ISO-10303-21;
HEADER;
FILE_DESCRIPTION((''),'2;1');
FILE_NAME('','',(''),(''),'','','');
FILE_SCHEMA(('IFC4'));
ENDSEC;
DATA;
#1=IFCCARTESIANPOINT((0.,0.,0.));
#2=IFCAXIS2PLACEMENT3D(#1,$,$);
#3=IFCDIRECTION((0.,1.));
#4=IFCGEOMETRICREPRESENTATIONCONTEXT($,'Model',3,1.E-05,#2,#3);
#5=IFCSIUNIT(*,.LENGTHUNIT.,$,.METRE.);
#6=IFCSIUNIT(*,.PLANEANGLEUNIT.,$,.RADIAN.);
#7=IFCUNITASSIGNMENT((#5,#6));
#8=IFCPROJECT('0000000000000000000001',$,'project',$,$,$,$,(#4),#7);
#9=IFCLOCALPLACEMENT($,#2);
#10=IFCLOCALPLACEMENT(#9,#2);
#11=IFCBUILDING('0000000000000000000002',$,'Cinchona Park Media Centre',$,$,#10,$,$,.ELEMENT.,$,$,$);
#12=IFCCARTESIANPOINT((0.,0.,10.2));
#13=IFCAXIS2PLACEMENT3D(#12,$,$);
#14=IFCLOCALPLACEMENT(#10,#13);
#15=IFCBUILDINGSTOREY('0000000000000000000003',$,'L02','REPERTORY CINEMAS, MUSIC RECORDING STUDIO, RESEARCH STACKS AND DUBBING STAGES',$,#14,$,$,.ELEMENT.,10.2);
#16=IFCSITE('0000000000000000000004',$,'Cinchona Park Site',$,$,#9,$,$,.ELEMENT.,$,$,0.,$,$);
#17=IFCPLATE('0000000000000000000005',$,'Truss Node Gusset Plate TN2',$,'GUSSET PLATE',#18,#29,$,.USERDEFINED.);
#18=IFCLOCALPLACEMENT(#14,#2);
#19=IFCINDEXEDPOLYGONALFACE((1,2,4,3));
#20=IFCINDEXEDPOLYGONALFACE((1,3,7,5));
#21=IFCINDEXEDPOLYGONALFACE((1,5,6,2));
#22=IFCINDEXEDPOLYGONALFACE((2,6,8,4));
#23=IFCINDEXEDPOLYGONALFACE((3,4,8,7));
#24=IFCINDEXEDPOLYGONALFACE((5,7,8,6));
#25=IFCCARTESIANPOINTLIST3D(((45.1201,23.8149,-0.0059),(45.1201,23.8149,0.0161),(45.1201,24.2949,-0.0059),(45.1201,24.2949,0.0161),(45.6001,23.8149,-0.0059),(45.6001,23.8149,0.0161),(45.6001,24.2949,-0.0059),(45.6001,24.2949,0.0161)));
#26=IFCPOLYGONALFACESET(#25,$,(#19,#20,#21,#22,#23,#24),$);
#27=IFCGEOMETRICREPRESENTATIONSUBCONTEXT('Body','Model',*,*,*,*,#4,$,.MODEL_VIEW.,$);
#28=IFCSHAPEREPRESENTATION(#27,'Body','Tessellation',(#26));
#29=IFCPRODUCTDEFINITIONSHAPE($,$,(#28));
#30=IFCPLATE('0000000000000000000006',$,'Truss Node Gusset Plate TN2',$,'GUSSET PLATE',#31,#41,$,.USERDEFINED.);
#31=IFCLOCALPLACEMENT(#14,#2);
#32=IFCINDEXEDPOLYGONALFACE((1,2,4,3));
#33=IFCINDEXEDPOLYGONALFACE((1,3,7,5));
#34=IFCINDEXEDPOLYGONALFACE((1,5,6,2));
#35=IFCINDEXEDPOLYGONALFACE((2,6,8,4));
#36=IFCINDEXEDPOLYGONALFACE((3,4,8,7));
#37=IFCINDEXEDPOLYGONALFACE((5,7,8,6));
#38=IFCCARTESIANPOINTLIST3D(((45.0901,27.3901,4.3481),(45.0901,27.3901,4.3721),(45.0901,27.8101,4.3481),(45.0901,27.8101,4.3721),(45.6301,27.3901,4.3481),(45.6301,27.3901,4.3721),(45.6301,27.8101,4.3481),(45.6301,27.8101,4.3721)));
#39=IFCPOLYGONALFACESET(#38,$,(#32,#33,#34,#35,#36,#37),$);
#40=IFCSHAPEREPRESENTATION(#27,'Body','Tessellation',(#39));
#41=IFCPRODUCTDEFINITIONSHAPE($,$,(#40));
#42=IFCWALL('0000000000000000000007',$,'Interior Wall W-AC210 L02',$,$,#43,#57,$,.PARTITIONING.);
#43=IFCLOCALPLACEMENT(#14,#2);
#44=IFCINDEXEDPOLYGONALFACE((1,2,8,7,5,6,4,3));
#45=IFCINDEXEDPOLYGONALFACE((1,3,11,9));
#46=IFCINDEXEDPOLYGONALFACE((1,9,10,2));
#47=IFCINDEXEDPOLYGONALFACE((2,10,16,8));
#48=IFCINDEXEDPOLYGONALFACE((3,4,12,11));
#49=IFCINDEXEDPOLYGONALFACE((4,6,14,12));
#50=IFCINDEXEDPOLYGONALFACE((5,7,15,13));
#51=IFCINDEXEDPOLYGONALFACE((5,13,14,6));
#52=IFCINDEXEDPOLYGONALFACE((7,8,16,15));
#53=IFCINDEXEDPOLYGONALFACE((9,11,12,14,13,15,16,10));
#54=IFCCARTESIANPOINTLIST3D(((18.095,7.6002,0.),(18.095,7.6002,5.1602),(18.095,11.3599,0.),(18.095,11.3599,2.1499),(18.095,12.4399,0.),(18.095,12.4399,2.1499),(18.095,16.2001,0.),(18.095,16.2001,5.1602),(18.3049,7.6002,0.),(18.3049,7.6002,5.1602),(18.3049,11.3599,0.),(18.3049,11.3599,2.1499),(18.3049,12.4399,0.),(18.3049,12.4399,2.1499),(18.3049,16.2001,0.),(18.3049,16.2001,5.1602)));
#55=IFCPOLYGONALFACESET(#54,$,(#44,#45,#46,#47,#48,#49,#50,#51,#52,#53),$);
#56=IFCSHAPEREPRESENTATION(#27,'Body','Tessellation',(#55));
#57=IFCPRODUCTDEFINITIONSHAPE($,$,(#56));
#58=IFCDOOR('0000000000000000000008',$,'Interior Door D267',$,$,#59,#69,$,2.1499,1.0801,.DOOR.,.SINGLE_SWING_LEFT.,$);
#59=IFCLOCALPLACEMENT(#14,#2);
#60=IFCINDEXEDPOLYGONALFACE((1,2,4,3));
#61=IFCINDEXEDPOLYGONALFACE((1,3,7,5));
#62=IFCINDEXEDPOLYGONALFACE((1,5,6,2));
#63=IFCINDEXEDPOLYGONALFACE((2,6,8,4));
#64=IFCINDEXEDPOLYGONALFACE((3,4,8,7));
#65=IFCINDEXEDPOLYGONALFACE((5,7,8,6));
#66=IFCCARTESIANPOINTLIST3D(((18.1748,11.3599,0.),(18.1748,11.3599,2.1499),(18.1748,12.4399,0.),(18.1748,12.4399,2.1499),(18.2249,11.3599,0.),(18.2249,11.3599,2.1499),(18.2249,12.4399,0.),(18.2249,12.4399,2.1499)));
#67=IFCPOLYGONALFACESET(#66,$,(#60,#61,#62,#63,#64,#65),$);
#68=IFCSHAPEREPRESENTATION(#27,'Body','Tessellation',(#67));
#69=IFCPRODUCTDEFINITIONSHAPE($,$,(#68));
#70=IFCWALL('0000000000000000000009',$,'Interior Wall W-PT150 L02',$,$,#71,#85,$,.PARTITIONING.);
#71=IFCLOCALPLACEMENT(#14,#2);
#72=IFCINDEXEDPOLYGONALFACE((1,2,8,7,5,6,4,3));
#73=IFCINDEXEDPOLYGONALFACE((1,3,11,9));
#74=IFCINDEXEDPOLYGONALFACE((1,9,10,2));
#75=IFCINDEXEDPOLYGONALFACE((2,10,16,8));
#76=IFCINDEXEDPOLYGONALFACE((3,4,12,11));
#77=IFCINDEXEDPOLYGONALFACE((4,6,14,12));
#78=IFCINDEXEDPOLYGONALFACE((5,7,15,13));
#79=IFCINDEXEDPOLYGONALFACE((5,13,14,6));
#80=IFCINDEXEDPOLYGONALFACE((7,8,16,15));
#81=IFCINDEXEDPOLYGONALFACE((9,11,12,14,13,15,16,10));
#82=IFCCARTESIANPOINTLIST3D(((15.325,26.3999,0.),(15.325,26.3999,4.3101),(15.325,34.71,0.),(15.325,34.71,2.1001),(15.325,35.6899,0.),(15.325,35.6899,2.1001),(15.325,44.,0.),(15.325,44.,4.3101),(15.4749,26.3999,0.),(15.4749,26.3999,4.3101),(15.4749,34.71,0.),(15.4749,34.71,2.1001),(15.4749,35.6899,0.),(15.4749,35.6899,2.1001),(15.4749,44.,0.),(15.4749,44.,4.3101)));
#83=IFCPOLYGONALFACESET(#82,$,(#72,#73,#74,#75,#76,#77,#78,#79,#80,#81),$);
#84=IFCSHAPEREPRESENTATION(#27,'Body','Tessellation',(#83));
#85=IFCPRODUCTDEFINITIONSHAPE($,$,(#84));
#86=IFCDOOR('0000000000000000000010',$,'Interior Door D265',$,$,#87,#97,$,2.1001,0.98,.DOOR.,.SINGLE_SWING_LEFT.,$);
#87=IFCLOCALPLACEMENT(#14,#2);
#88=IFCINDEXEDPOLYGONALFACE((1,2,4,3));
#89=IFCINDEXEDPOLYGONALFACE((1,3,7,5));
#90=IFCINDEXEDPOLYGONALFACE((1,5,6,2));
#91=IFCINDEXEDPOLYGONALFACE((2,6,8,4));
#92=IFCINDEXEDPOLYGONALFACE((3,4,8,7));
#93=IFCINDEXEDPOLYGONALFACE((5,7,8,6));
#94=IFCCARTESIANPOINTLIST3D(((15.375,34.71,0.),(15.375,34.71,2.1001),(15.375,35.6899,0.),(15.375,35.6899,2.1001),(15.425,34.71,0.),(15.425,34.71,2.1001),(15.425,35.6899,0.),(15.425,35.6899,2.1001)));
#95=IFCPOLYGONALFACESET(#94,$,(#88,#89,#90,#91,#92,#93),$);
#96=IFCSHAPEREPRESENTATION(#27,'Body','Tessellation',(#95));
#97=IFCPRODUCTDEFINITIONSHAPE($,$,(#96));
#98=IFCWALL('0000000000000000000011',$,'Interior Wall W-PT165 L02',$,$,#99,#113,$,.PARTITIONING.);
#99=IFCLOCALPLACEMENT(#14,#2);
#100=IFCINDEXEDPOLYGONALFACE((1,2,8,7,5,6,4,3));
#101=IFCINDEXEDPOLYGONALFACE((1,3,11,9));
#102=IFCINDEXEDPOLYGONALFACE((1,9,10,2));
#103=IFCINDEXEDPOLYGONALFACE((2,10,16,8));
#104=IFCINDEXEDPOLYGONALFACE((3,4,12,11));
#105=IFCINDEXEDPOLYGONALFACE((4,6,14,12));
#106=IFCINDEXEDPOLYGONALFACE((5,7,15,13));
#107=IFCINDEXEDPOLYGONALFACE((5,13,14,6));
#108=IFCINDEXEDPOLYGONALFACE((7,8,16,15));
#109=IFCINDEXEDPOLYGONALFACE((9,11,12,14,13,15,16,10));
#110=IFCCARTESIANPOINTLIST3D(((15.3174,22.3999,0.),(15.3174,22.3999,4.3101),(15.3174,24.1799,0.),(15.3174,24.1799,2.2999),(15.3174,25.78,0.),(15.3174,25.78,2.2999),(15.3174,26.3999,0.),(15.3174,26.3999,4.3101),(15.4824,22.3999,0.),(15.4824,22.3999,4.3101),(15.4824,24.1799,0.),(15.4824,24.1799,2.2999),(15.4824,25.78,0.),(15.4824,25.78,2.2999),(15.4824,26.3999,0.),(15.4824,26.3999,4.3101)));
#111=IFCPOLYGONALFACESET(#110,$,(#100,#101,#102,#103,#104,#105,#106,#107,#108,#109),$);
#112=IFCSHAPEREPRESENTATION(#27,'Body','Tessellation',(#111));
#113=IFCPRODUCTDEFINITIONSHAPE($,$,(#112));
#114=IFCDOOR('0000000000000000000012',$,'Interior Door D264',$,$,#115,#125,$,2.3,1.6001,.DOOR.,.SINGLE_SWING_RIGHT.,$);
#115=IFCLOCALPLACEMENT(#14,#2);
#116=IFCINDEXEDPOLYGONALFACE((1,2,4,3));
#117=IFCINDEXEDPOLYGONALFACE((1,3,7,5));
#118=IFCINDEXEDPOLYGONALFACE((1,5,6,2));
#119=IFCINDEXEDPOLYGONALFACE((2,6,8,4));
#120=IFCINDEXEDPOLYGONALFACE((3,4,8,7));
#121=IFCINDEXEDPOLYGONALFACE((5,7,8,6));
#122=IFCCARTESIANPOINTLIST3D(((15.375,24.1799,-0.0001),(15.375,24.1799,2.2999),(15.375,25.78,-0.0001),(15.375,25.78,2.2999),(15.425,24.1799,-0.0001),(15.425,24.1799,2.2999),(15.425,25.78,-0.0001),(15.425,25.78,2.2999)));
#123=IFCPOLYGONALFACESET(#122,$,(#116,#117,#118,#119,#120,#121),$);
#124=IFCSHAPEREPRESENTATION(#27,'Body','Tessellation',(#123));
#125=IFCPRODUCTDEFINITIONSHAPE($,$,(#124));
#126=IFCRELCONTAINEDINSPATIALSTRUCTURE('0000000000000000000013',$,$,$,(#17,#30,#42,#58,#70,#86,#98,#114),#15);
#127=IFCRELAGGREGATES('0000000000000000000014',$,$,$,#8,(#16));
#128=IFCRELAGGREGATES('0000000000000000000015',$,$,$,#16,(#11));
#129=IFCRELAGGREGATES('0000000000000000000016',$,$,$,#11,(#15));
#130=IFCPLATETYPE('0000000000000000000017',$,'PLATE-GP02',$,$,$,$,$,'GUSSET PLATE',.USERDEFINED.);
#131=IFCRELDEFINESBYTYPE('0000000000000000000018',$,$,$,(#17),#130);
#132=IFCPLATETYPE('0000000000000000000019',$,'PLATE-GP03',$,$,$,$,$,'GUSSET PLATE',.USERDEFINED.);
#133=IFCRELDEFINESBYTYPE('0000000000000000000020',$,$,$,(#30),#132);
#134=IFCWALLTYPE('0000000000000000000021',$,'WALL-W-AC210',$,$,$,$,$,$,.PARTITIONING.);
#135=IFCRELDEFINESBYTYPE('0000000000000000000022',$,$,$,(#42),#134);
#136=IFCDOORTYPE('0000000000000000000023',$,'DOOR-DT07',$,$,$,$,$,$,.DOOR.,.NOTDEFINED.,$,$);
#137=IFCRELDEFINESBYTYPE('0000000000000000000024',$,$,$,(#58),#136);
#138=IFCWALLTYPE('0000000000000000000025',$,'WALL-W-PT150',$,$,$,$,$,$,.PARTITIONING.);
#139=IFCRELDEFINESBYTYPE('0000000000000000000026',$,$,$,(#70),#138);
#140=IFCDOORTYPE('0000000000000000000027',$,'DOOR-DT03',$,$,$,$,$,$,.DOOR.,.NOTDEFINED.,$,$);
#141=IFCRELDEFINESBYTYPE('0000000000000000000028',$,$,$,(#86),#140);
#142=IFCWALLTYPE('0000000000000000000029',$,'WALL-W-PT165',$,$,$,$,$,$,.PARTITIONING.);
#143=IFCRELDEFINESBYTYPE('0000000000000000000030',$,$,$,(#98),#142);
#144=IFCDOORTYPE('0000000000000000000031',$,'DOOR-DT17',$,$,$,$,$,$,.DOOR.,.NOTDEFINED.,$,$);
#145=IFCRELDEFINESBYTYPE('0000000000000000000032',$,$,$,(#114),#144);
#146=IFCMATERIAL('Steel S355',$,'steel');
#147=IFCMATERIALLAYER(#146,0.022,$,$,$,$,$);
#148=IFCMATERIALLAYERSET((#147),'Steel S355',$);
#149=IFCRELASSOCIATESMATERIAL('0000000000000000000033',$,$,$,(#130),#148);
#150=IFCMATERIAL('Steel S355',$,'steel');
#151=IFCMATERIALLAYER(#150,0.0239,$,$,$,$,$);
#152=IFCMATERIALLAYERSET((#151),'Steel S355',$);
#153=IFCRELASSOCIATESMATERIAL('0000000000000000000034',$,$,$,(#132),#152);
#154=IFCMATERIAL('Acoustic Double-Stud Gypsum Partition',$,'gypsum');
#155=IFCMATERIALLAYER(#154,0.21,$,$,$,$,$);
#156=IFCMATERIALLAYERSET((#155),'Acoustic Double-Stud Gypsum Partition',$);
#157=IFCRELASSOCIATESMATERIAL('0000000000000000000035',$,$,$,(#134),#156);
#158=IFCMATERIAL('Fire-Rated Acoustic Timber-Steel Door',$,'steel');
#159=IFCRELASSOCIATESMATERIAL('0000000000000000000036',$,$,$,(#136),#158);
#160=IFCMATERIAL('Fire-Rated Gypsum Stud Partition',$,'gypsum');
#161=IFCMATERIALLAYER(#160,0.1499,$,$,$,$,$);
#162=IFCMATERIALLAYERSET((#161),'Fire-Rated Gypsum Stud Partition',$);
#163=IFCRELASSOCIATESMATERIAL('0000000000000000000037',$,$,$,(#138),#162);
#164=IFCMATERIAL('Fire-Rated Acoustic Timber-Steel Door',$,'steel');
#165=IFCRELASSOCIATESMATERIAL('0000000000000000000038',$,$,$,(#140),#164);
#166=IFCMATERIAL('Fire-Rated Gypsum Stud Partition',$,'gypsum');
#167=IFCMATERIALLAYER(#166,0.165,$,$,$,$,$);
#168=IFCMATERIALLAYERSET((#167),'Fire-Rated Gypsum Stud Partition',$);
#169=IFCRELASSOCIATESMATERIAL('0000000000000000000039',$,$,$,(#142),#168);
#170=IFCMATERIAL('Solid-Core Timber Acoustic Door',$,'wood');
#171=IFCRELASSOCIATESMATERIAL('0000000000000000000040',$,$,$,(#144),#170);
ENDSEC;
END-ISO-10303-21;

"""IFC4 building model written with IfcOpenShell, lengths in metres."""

from ifc_helpers import new_model, si_unit, direction, frame, frame_2d, origin, origin_2d, place, context, subcontext, project, spatial, rectangle, extrude, material, layer, layer_set, type_object, element, fill, save


model = new_model("IFC4")

# Units and contexts
model_context = context("Model", 3, precision=1e-05, world=origin(), true_north=direction((0.0, 1.0)))
body_context = subcontext(model_context, "Body", "Model", "MODEL_VIEW")
ifc_project = project(units=[si_unit("LENGTHUNIT", "METRE"), si_unit("PLANEANGLEUNIT", "RADIAN")], contexts=[model_context])

# Site, building, storey
site_placement = place(None, origin())
site = spatial("IfcSite", under=ifc_project, at=site_placement, Name="Cinchona Park Site", CompositionType="ELEMENT", RefElevation=0.0)
building_placement = place(site_placement, origin())
building = spatial("IfcBuilding", under=site, at=building_placement, Name="Cinchona Park Media Centre", CompositionType="ELEMENT")
storey_placement = place(building_placement, frame((0.0, 0.0, 10.2)))
storey = spatial("IfcBuildingStorey", under=building, at=storey_placement, Name="L02", Description="REPERTORY CINEMAS, MUSIC RECORDING STUDIO, RESEARCH STACKS AND DUBBING STAGES", CompositionType="ELEMENT", Elevation=10.2)

# Plates
ifc_material_1 = material(Name="Steel S355", Category="steel")
ifc_layer_1 = layer(ifc_material_1, 0.022)
ifc_layer_set_1 = layer_set([ifc_layer_1], Name="Steel S355")
plate_type_1 = type_object("IfcPlateType", Name="PLATE-GP02", ElementType="GUSSET PLATE", PredefinedType="USERDEFINED", material=ifc_layer_set_1)
plate_1_placement = place(storey_placement, frame((45.3601, 24.0549, -0.0059), z_axis=(0.0, 0.0, 1.0), x_axis=(1.0, 0.0, 0.0)))
element("IfcPlate", 1, at=plate_1_placement, inside=storey, type_object=plate_type_1, Name="Truss Node Gusset Plate TN2", ObjectType="GUSSET PLATE", PredefinedType="USERDEFINED", context=body_context, shape_type="SweptSolid", body=[
    extrude(rectangle(XDim=0.48, YDim=0.48, at=origin_2d()), origin(), (0.0, 0.0, 1.0), 0.022),
])
ifc_material_2 = material(Name="Steel S355", Category="steel")
ifc_layer_2 = layer(ifc_material_2, 0.0239)
ifc_layer_set_2 = layer_set([ifc_layer_2], Name="Steel S355")
plate_type_2 = type_object("IfcPlateType", Name="PLATE-GP03", ElementType="GUSSET PLATE", PredefinedType="USERDEFINED", material=ifc_layer_set_2)
plate_2_placement = place(storey_placement, frame((45.3601, 27.6001, 4.3481), z_axis=(0.0, 0.0, 1.0), x_axis=(1.0, 0.0, 0.0)))
element("IfcPlate", 2, at=plate_2_placement, inside=storey, type_object=plate_type_2, Name="Truss Node Gusset Plate TN2", ObjectType="GUSSET PLATE", PredefinedType="USERDEFINED", context=body_context, shape_type="SweptSolid", body=[
    extrude(rectangle(XDim=0.54, YDim=0.4199, at=origin_2d()), origin(), (0.0, 0.0, 1.0), 0.0239),
])

# Walls, openings, doors
ifc_material_3 = material(Name="Acoustic Double-Stud Gypsum Partition", Category="gypsum")
ifc_layer_3 = layer(ifc_material_3, 0.21)
ifc_layer_set_3 = layer_set([ifc_layer_3], Name="Acoustic Double-Stud Gypsum Partition")
wall_type_1 = type_object("IfcWallType", Name="WALL-W-AC210", PredefinedType="PARTITIONING", material=ifc_layer_set_3)
wall_1_placement = place(storey_placement, frame((18.2, 16.2, 0.0), z_axis=(0.0, 0.0, 1.0), x_axis=(0.0, -1.0, 0.0)))
wall_1 = element("IfcWall", 3, at=wall_1_placement, inside=storey, type_object=wall_type_1, Name="Interior Wall W-AC210 L02", PredefinedType="PARTITIONING", context=body_context, shape_type="SweptSolid", body=[
    extrude(rectangle(XDim=8.5999, YDim=0.21, at=frame_2d((4.2998, 0.0))), origin(), (0.0, 0.0, 1.0), 5.1602),
])
opening_1_placement = place(wall_1_placement, frame((3.76, 0.0, 0.0)))
opening_1 = element("IfcOpeningElement", 4, at=opening_1_placement, cuts=wall_1, PredefinedType="OPENING", context=body_context, shape_type="SweptSolid", body=[
    extrude(rectangle(XDim=1.0801, YDim=2.1499, at=frame_2d((0.54, 1.075))), frame((0.0, 0.115, 0.0), z_axis=(0.0, -1.0, 0.0), x_axis=(1.0, 0.0, 0.0)), (0.0, 0.0, 1.0), 0.23),
])
ifc_material_4 = material(Name="Fire-Rated Acoustic Timber-Steel Door", Category="steel")
door_type_1 = type_object("IfcDoorType", Name="DOOR-DT07", OperationType="NOTDEFINED", PredefinedType="DOOR", material=ifc_material_4)
door_1_placement = place(opening_1_placement, origin())
door_1 = element("IfcDoor", 5, at=door_1_placement, inside=storey, type_object=door_type_1, Name="Interior Door D267", OperationType="SINGLE_SWING_LEFT", OverallHeight=2.1499, OverallWidth=1.0801, PredefinedType="DOOR", context=body_context, shape_type="SweptSolid", body=[
    extrude(rectangle(XDim=1.0801, YDim=2.1499, at=frame_2d((0.54, 1.075))), frame((0.0, 0.0249, 0.0), z_axis=(0.0, -1.0, 0.0), x_axis=(1.0, 0.0, 0.0)), (0.0, 0.0, 1.0), 0.05),
])
fill(opening_1, door_1)
ifc_material_5 = material(Name="Fire-Rated Gypsum Stud Partition", Category="gypsum")
ifc_layer_4 = layer(ifc_material_5, 0.1499)
ifc_layer_set_4 = layer_set([ifc_layer_4], Name="Fire-Rated Gypsum Stud Partition")
wall_type_2 = type_object("IfcWallType", Name="WALL-W-PT150", PredefinedType="PARTITIONING", material=ifc_layer_set_4)
wall_2_placement = place(storey_placement, frame((15.3999, 26.3999, 0.0), z_axis=(0.0, 0.0, 1.0), x_axis=(0.0, 1.0, 0.0)))
wall_2 = element("IfcWall", 6, at=wall_2_placement, inside=storey, type_object=wall_type_2, Name="Interior Wall W-PT150 L02", PredefinedType="PARTITIONING", context=body_context, shape_type="SweptSolid", body=[
    extrude(rectangle(XDim=17.6001, YDim=0.1499, at=frame_2d((8.8, 0.0))), origin(), (0.0, 0.0, 1.0), 4.3101),
])
opening_2_placement = place(wall_2_placement, frame((8.3101, 0.0, 0.0)))
opening_2 = element("IfcOpeningElement", 7, at=opening_2_placement, cuts=wall_2, PredefinedType="OPENING", context=body_context, shape_type="SweptSolid", body=[
    extrude(rectangle(XDim=0.98, YDim=2.1001, at=frame_2d((0.49, 1.05))), frame((0.0, 0.085, 0.0), z_axis=(0.0, -1.0, 0.0), x_axis=(1.0, 0.0, 0.0)), (0.0, 0.0, 1.0), 0.1699),
])
ifc_material_6 = material(Name="Fire-Rated Acoustic Timber-Steel Door", Category="steel")
door_type_2 = type_object("IfcDoorType", Name="DOOR-DT03", OperationType="NOTDEFINED", PredefinedType="DOOR", material=ifc_material_6)
door_2_placement = place(opening_2_placement, origin())
door_2 = element("IfcDoor", 8, at=door_2_placement, inside=storey, type_object=door_type_2, Name="Interior Door D265", OperationType="SINGLE_SWING_LEFT", OverallHeight=2.1001, OverallWidth=0.98, PredefinedType="DOOR", context=body_context, shape_type="SweptSolid", body=[
    extrude(rectangle(XDim=0.98, YDim=2.1001, at=frame_2d((0.49, 1.05))), frame((0.0, 0.0249, 0.0), z_axis=(0.0, -1.0, 0.0), x_axis=(1.0, 0.0, 0.0)), (0.0, 0.0, 1.0), 0.05),
])
fill(opening_2, door_2)
ifc_material_7 = material(Name="Fire-Rated Gypsum Stud Partition", Category="gypsum")
ifc_layer_5 = layer(ifc_material_7, 0.165)
ifc_layer_set_5 = layer_set([ifc_layer_5], Name="Fire-Rated Gypsum Stud Partition")
wall_type_3 = type_object("IfcWallType", Name="WALL-W-PT165", PredefinedType="PARTITIONING", material=ifc_layer_set_5)
wall_3_placement = place(storey_placement, frame((15.3999, 22.3999, 0.0), z_axis=(0.0, 0.0, 1.0), x_axis=(0.0, 1.0, 0.0)))
wall_3 = element("IfcWall", 9, at=wall_3_placement, inside=storey, type_object=wall_type_3, Name="Interior Wall W-PT165 L02", PredefinedType="PARTITIONING", context=body_context, shape_type="SweptSolid", body=[
    extrude(rectangle(XDim=4.0, YDim=0.165, at=frame_2d((2.0, 0.0))), origin(), (0.0, 0.0, 1.0), 4.3101),
])
opening_3_placement = place(wall_3_placement, frame((1.78, 0.0, 0.0)))
opening_3 = element("IfcOpeningElement", 10, at=opening_3_placement, cuts=wall_3, PredefinedType="OPENING", context=body_context, shape_type="SweptSolid", body=[
    extrude(rectangle(XDim=1.6001, YDim=2.3, at=frame_2d((0.8, 1.1499))), frame((0.0, 0.0925, 0.0), z_axis=(0.0, -1.0, 0.0), x_axis=(1.0, 0.0, 0.0)), (0.0, 0.0, 1.0), 0.1851),
])
ifc_material_8 = material(Name="Solid-Core Timber Acoustic Door", Category="wood")
door_type_3 = type_object("IfcDoorType", Name="DOOR-DT17", OperationType="NOTDEFINED", PredefinedType="DOOR", material=ifc_material_8)
door_3_placement = place(opening_3_placement, origin())
door_3 = element("IfcDoor", 11, at=door_3_placement, inside=storey, type_object=door_type_3, Name="Interior Door D264", OperationType="SINGLE_SWING_RIGHT", OverallHeight=2.3, OverallWidth=1.6001, PredefinedType="DOOR", context=body_context, shape_type="SweptSolid", body=[
    extrude(rectangle(XDim=1.6001, YDim=2.3, at=frame_2d((0.8, 1.1499))), frame((0.0, 0.0249, 0.0), z_axis=(0.0, -1.0, 0.0), x_axis=(1.0, 0.0, 0.0)), (0.0, 0.0, 1.0), 0.05),
])
fill(opening_3, door_3)

save(model, "model.ifc")
